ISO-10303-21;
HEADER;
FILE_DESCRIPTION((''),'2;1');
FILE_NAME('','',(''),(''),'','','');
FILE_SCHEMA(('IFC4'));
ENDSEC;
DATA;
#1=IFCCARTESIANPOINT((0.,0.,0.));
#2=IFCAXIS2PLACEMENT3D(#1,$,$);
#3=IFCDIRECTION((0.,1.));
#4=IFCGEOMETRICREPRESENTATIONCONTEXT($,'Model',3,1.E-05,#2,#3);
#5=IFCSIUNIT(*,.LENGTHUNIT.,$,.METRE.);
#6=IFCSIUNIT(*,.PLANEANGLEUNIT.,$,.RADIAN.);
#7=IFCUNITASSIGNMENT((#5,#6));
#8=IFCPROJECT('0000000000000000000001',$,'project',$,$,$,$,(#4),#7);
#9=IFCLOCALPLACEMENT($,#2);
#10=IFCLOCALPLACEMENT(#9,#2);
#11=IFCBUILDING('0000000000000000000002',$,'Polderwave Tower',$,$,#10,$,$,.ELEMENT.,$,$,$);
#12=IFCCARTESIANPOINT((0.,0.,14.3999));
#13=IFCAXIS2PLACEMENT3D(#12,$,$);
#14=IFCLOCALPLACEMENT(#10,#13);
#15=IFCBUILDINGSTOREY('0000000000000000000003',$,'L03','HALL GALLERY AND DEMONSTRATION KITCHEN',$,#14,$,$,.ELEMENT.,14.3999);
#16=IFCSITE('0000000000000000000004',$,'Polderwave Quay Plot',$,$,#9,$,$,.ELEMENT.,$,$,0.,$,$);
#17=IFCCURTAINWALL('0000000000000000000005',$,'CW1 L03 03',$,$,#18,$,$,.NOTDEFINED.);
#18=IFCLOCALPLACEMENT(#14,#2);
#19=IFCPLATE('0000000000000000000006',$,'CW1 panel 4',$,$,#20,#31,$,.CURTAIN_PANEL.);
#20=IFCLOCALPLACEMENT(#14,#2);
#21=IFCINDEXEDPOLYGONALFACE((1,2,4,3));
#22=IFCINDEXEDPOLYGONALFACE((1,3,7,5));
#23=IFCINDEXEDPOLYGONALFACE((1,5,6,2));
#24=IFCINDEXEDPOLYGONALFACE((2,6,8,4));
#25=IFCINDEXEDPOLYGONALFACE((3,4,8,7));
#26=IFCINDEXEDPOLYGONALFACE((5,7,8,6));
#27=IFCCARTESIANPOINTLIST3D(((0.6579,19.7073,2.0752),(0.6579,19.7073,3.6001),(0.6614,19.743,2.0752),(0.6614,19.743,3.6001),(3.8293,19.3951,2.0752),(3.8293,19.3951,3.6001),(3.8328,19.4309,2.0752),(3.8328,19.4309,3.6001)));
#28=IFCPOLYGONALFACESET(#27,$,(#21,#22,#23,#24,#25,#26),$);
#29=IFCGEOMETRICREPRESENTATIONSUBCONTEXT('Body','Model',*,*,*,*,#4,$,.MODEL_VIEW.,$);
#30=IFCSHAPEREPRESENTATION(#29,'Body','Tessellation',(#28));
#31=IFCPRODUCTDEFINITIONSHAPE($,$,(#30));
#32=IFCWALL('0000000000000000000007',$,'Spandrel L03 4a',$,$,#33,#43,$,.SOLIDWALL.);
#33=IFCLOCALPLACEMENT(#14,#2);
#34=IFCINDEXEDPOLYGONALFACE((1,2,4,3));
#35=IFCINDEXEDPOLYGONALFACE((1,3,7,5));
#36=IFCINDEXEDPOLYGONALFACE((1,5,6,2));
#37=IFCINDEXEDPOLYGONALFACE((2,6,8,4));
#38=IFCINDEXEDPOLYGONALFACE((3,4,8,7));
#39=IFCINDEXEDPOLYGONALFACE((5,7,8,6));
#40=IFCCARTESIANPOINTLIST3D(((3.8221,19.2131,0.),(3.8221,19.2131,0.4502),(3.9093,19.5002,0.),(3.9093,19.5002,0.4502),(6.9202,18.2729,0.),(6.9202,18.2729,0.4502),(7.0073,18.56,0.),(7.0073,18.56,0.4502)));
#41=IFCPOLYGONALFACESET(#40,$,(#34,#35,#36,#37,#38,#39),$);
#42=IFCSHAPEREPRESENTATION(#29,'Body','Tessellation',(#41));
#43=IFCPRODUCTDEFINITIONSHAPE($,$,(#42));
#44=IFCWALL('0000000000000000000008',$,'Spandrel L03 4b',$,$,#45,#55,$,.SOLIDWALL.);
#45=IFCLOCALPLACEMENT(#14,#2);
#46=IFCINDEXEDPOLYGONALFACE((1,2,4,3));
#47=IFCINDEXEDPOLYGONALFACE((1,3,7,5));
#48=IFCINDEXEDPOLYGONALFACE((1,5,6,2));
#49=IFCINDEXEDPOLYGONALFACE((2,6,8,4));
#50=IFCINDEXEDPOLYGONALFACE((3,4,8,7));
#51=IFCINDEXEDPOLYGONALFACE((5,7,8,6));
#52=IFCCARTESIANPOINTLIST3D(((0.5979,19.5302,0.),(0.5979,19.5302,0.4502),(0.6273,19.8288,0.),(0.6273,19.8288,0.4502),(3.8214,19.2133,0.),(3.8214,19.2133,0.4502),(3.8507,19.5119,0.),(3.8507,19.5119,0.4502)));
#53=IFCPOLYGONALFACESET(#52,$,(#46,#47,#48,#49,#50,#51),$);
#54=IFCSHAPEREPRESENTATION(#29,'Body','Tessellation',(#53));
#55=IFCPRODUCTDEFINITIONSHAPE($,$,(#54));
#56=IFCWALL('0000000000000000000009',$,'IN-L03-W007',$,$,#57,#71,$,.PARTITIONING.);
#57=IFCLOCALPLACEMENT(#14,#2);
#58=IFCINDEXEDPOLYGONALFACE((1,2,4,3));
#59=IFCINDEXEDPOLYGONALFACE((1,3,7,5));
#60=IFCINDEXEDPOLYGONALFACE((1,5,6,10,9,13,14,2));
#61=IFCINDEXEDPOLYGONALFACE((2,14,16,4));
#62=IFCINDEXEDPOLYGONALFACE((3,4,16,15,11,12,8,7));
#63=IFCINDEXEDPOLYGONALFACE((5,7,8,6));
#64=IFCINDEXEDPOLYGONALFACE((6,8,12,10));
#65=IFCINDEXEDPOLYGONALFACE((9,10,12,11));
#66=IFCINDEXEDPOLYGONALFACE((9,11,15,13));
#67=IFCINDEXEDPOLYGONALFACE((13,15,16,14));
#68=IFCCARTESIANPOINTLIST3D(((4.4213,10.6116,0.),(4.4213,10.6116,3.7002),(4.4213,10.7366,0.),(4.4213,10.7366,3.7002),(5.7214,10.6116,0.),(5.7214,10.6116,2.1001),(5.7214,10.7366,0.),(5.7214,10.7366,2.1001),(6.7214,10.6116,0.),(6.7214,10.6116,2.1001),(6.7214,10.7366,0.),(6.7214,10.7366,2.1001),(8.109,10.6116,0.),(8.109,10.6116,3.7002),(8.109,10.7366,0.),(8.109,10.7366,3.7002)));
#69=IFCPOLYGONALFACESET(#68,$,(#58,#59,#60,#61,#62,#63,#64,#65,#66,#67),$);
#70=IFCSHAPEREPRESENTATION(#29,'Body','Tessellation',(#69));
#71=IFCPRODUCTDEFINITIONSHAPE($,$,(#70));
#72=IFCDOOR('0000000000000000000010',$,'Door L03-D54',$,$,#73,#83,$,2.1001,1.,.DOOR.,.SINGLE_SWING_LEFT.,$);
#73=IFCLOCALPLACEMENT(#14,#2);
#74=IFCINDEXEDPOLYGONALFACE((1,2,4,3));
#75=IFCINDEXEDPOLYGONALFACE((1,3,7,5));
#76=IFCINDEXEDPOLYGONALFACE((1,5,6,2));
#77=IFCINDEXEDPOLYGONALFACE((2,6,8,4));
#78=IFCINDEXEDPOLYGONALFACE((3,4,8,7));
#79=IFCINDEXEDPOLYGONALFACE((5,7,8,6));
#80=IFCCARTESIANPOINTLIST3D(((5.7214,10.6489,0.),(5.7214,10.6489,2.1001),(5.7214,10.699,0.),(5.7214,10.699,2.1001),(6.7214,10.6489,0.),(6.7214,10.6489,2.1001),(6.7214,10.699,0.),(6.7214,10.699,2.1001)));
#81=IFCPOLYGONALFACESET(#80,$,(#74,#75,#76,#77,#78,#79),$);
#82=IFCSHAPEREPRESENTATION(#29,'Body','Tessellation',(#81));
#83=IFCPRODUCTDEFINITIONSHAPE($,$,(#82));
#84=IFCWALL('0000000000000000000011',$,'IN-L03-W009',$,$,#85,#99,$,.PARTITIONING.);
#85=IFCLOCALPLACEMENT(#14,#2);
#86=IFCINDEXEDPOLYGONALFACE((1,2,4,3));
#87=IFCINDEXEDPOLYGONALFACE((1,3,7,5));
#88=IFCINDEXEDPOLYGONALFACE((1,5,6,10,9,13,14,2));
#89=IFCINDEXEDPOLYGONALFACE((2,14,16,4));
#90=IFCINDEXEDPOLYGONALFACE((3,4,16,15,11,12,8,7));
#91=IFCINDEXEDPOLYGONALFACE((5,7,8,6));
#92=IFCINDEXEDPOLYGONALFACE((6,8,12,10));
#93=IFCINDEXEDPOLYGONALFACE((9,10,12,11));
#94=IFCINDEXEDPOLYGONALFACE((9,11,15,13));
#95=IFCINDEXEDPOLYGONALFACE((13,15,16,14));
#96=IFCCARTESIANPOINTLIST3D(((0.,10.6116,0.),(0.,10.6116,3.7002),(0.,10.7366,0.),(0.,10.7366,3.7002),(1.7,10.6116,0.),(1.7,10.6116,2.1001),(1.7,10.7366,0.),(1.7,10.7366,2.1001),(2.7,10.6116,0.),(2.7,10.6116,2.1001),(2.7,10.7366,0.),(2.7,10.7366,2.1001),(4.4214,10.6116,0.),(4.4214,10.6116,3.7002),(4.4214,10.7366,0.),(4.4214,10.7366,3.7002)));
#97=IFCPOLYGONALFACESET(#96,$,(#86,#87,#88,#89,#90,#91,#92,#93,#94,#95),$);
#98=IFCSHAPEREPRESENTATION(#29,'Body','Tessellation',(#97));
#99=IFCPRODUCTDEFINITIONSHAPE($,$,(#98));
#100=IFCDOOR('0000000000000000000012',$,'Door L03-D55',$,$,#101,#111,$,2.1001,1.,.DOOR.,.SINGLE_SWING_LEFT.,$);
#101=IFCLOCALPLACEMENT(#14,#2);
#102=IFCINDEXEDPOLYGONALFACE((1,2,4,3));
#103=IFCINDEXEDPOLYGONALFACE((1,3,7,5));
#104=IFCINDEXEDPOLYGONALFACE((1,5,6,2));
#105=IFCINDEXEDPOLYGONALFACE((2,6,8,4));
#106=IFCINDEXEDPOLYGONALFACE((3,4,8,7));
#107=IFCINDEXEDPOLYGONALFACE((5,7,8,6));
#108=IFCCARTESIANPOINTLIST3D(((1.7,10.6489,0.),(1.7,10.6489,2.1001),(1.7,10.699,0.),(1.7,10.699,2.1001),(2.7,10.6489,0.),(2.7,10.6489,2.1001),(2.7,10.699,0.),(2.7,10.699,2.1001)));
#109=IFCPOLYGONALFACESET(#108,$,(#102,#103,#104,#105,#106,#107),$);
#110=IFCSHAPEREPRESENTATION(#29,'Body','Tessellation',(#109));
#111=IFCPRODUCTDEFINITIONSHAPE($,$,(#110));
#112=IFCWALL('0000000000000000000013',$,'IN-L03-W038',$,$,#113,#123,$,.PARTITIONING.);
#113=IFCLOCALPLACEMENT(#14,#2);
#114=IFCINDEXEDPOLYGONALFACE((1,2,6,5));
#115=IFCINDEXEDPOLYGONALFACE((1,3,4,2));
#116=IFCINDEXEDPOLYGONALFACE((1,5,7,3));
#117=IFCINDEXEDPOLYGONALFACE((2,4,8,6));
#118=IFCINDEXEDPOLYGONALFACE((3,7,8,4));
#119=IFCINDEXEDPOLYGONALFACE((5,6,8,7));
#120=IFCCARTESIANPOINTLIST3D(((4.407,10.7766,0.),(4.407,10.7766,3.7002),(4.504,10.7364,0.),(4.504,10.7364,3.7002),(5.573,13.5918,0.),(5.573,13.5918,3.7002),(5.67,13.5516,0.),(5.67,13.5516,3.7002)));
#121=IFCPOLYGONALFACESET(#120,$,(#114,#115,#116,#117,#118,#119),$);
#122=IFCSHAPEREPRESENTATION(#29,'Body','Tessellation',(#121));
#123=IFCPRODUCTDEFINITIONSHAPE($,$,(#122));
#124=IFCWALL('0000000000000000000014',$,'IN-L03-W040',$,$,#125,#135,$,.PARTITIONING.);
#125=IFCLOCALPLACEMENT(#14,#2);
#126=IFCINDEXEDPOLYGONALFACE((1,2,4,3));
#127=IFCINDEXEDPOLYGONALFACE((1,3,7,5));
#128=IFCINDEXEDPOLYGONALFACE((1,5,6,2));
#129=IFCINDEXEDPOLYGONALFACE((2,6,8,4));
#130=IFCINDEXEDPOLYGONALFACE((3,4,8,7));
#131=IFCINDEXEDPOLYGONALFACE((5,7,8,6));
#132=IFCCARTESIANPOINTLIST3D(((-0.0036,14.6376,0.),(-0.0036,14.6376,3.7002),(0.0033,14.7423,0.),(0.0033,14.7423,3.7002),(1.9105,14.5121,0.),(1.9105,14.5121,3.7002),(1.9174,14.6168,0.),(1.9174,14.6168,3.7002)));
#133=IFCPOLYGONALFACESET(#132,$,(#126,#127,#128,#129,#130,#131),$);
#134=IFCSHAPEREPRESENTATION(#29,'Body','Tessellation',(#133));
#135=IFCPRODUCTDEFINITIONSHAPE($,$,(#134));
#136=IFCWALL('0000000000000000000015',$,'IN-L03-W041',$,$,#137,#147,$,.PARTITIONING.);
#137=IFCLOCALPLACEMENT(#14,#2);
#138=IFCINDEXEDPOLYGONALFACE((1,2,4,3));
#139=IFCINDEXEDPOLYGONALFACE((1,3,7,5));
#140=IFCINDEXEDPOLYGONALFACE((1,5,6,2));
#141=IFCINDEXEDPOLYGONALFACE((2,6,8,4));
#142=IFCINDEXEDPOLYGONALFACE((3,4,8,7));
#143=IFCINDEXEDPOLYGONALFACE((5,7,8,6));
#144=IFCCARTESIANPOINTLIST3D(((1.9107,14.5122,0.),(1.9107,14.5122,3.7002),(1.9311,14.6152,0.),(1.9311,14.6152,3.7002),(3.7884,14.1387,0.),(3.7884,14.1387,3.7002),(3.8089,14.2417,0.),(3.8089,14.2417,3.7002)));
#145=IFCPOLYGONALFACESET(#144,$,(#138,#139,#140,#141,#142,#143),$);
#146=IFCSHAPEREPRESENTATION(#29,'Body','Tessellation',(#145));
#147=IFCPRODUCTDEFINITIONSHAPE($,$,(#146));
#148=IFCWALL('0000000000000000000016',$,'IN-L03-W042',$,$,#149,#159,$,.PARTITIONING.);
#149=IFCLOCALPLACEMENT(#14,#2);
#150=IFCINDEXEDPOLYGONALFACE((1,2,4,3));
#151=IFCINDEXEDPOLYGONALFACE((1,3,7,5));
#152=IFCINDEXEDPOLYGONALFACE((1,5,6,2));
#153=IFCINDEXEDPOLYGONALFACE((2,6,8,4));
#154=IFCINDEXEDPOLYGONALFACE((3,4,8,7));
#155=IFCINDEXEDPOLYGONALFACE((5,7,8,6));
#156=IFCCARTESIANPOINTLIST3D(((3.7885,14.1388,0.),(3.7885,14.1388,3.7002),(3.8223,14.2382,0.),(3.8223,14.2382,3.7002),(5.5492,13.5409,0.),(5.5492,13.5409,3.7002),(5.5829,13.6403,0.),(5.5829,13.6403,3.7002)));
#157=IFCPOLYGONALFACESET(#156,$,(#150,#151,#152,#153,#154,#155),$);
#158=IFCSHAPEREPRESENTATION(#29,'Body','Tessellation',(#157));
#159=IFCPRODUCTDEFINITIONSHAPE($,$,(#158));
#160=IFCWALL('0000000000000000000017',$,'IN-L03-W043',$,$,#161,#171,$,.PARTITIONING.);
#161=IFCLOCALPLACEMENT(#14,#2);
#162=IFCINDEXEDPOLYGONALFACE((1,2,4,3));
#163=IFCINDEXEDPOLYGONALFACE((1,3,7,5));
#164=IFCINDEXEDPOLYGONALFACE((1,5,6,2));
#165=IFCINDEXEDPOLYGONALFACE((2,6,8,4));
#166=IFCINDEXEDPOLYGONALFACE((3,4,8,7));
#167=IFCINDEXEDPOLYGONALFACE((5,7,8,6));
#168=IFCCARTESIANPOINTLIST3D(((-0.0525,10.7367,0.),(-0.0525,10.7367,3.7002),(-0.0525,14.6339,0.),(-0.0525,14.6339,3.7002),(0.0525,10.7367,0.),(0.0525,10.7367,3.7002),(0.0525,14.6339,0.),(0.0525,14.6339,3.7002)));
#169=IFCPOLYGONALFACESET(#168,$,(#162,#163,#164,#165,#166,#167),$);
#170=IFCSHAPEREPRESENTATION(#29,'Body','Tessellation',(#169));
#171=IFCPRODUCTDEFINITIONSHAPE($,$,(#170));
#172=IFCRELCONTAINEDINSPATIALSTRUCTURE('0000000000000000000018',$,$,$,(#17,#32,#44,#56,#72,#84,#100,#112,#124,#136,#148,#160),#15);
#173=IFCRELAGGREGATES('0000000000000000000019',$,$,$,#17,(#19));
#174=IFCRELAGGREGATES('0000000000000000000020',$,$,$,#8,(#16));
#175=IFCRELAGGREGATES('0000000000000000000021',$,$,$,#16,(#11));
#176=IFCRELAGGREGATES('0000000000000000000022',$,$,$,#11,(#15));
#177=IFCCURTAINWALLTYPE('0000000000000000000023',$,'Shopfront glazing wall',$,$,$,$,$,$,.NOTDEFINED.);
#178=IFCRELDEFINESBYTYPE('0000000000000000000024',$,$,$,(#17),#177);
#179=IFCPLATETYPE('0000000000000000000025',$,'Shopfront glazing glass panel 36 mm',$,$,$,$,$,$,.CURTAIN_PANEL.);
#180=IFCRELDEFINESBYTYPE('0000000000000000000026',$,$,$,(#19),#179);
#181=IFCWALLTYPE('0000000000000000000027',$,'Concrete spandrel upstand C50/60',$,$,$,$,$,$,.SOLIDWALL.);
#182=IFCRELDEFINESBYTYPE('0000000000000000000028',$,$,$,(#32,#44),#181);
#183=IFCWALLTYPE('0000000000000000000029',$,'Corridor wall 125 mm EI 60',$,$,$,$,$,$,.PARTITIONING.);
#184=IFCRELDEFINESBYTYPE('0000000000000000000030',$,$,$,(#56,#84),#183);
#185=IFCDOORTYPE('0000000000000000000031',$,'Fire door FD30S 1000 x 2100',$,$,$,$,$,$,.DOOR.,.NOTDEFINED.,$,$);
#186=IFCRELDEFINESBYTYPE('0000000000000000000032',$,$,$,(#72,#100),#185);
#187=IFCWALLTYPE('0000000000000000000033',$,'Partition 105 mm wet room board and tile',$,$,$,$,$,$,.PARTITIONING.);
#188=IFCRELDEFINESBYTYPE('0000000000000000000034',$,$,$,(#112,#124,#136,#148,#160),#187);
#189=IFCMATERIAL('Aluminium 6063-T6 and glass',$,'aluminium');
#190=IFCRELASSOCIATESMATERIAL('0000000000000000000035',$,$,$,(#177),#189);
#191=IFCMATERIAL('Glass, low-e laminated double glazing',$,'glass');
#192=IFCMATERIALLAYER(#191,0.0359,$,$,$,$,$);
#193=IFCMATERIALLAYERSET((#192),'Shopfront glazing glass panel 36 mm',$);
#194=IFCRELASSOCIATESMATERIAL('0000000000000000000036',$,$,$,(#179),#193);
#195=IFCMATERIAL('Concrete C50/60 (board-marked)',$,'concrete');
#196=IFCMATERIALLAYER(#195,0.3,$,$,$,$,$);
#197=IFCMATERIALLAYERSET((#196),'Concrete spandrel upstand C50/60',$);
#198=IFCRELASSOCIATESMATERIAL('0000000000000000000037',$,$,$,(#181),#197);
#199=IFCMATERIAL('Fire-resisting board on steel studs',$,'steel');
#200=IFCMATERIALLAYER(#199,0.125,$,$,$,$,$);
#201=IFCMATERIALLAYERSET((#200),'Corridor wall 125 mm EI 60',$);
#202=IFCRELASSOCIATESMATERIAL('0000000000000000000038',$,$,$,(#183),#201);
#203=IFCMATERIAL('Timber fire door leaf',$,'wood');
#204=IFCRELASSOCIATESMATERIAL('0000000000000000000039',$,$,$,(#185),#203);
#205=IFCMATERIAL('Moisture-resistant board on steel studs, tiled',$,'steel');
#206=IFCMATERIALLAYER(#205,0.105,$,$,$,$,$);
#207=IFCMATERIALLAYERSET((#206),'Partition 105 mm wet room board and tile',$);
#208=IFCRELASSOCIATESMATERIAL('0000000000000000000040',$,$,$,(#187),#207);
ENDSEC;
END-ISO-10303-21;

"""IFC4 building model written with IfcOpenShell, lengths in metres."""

from ifc_helpers import new_model, si_unit, direction, frame, frame_2d, origin, origin_2d, place, context, subcontext, project, spatial, rectangle, extrude, material, layer, layer_set, type_object, element, fill, aggregate, save


model = new_model("IFC4")

# Units and contexts
model_context = context("Model", 3, precision=1e-05, world=origin(), true_north=direction((0.0, 1.0)))
body_context = subcontext(model_context, "Body", "Model", "MODEL_VIEW")
ifc_project = project(units=[si_unit("LENGTHUNIT", "METRE"), si_unit("PLANEANGLEUNIT", "RADIAN")], contexts=[model_context])

# Site, building, storey
site_placement = place(None, origin())
site = spatial("IfcSite", under=ifc_project, at=site_placement, Name="Polderwave Quay Plot", CompositionType="ELEMENT", RefElevation=0.0)
building_placement = place(site_placement, origin())
building = spatial("IfcBuilding", under=site, at=building_placement, Name="Polderwave Tower", CompositionType="ELEMENT")
storey_placement = place(building_placement, frame((0.0, 0.0, 14.3999)))
storey = spatial("IfcBuildingStorey", under=building, at=storey_placement, Name="L03", Description="HALL GALLERY AND DEMONSTRATION KITCHEN", CompositionType="ELEMENT", Elevation=14.3999)

# Shared definitions
ifc_material_1 = material(Name="Aluminium 6063-T6 and glass", Category="aluminium")
curtain_wall_type = type_object("IfcCurtainWallType", Name="Shopfront glazing wall", PredefinedType="NOTDEFINED", material=ifc_material_1)

# Curtain wall, plate
curtain_wall_1_placement = place(storey_placement, origin())
curtain_wall_1 = element("IfcCurtainWall", 1, at=curtain_wall_1_placement, inside=storey, type_object=curtain_wall_type, Name="CW1 L03 03", PredefinedType="NOTDEFINED")
ifc_material_2 = material(Name="Glass, low-e laminated double glazing", Category="glass")
ifc_layer_1 = layer(ifc_material_2, 0.0359)
ifc_layer_set_1 = layer_set([ifc_layer_1], Name="Shopfront glazing glass panel 36 mm")
plate_type = type_object("IfcPlateType", Name="Shopfront glazing glass panel 36 mm", PredefinedType="CURTAIN_PANEL", material=ifc_layer_set_1)
plate_1_placement = place(storey_placement, frame((2.2454, 19.5691, 2.0752), z_axis=(0.0, 0.0, 1.0), x_axis=(-0.99519, 0.097963, 0.0)))
plate_1 = element("IfcPlate", 2, at=plate_1_placement, type_object=plate_type, Name="CW1 panel 4", PredefinedType="CURTAIN_PANEL", context=body_context, shape_type="SweptSolid", body=[
    extrude(rectangle(XDim=3.1868, YDim=0.0359, at=origin_2d()), origin(), (0.0, 0.0, 1.0), 1.5249),
])
aggregate(curtain_wall_1, [plate_1])

# Walls
ifc_material_3 = material(Name="Concrete C50/60 (board-marked)", Category="concrete")
ifc_layer_2 = layer(ifc_material_3, 0.3)
ifc_layer_set_2 = layer_set([ifc_layer_2], Name="Concrete spandrel upstand C50/60")
wall_type_1 = type_object("IfcWallType", Name="Concrete spandrel upstand C50/60", PredefinedType="SOLIDWALL", material=ifc_layer_set_2)
wall_1_placement = place(storey_placement, frame((6.9636, 18.4165, 0.0), z_axis=(0.0, 0.0, 1.0), x_axis=(-0.956908, 0.29039, 0.0)))
element("IfcWall", 3, at=wall_1_placement, inside=storey, type_object=wall_type_1, Name="Spandrel L03 4a", PredefinedType="SOLIDWALL", context=body_context, shape_type="SweptSolid", body=[
    extrude(rectangle(XDim=3.2375, YDim=0.3, at=frame_2d((1.6187, 0.0))), origin(), (0.0, 0.0, 1.0), 0.4502),
])
wall_2_placement = place(storey_placement, frame((3.8362, 19.3625, 0.0), z_axis=(0.0, 0.0, 1.0), x_axis=(-0.995202, 0.097839, 0.0)))
element("IfcWall", 4, at=wall_2_placement, inside=storey, type_object=wall_type_1, Name="Spandrel L03 4b", PredefinedType="SOLIDWALL", context=body_context, shape_type="SweptSolid", body=[
    extrude(rectangle(XDim=3.239, YDim=0.3, at=frame_2d((1.6196, 0.0))), origin(), (0.0, 0.0, 1.0), 0.4502),
])

# Walls, openings, doors
ifc_material_4 = material(Name="Fire-resisting board on steel studs", Category="steel")
ifc_layer_3 = layer(ifc_material_4, 0.125)
ifc_layer_set_3 = layer_set([ifc_layer_3], Name="Corridor wall 125 mm EI 60")
wall_type_2 = type_object("IfcWallType", Name="Corridor wall 125 mm EI 60", PredefinedType="PARTITIONING", material=ifc_layer_set_3)
wall_3_placement = place(storey_placement, frame((4.4214, 10.6741, 0.0), z_axis=(0.0, 0.0, 1.0), x_axis=(1.0, 0.0, 0.0)))
wall_3 = element("IfcWall", 5, at=wall_3_placement, inside=storey, type_object=wall_type_2, Name="IN-L03-W007", PredefinedType="PARTITIONING", context=body_context, shape_type="SweptSolid", body=[
    extrude(rectangle(XDim=3.6877, YDim=0.125, at=frame_2d((1.8438, 0.0))), origin(), (0.0, 0.0, 1.0), 3.7002),
])
opening_1_placement = place(wall_3_placement, frame((1.3, 0.0, 0.0)))
opening_1 = element("IfcOpeningElement", 6, at=opening_1_placement, cuts=wall_3, PredefinedType="OPENING", context=body_context, shape_type="SweptSolid", body=[
    extrude(rectangle(XDim=1.0, YDim=2.1001, at=frame_2d((0.5, 1.05))), frame((0.0, 0.0725, 0.0), z_axis=(0.0, -1.0, 0.0), x_axis=(1.0, 0.0, 0.0)), (0.0, 0.0, 1.0), 0.145),
])
ifc_material_5 = material(Name="Timber fire door leaf", Category="wood")
door_type = type_object("IfcDoorType", Name="Fire door FD30S 1000 x 2100", OperationType="NOTDEFINED", PredefinedType="DOOR", material=ifc_material_5)
door_1_placement = place(opening_1_placement, origin())
door_1 = element("IfcDoor", 7, at=door_1_placement, inside=storey, type_object=door_type, Name="Door L03-D54", OperationType="SINGLE_SWING_LEFT", OverallHeight=2.1001, OverallWidth=1.0, PredefinedType="DOOR", context=body_context, shape_type="SweptSolid", body=[
    extrude(rectangle(XDim=1.0, YDim=2.1001, at=frame_2d((0.5, 1.05))), frame((0.0, 0.0249, 0.0), z_axis=(0.0, -1.0, 0.0), x_axis=(1.0, 0.0, 0.0)), (0.0, 0.0, 1.0), 0.05),
])
fill(opening_1, door_1)
wall_4_placement = place(storey_placement, frame((0.0, 10.6741, 0.0), z_axis=(0.0, 0.0, 1.0), x_axis=(1.0, 0.0, 0.0)))
wall_4 = element("IfcWall", 8, at=wall_4_placement, inside=storey, type_object=wall_type_2, Name="IN-L03-W009", PredefinedType="PARTITIONING", context=body_context, shape_type="SweptSolid", body=[
    extrude(rectangle(XDim=4.4214, YDim=0.125, at=frame_2d((2.2107, 0.0))), origin(), (0.0, 0.0, 1.0), 3.7002),
])
opening_2_placement = place(wall_4_placement, frame((1.7, 0.0, 0.0)))
opening_2 = element("IfcOpeningElement", 9, at=opening_2_placement, cuts=wall_4, PredefinedType="OPENING", context=body_context, shape_type="SweptSolid", body=[
    extrude(rectangle(XDim=1.0, YDim=2.1001, at=frame_2d((0.5, 1.05))), frame((0.0, 0.0725, 0.0), z_axis=(0.0, -1.0, 0.0), x_axis=(1.0, 0.0, 0.0)), (0.0, 0.0, 1.0), 0.145),
])
door_2_placement = place(opening_2_placement, origin())
door_2 = element("IfcDoor", 10, at=door_2_placement, inside=storey, type_object=door_type, Name="Door L03-D55", OperationType="SINGLE_SWING_LEFT", OverallHeight=2.1001, OverallWidth=1.0, PredefinedType="DOOR", context=body_context, shape_type="SweptSolid", body=[
    extrude(rectangle(XDim=1.0, YDim=2.1001, at=frame_2d((0.5, 1.05))), frame((0.0, 0.0249, 0.0), z_axis=(0.0, -1.0, 0.0), x_axis=(1.0, 0.0, 0.0)), (0.0, 0.0, 1.0), 0.05),
])
fill(opening_2, door_2)

# Walls
ifc_material_6 = material(Name="Moisture-resistant board on steel studs, tiled", Category="steel")
ifc_layer_4 = layer(ifc_material_6, 0.105)
ifc_layer_set_4 = layer_set([ifc_layer_4], Name="Partition 105 mm wet room board and tile")
wall_type_3 = type_object("IfcWallType", Name="Partition 105 mm wet room board and tile", PredefinedType="PARTITIONING", material=ifc_layer_set_4)
wall_5_placement = place(storey_placement, frame((4.4556, 10.7566, 0.0), z_axis=(0.0, 0.0, 1.0), x_axis=(0.382663, 0.923888, 0.0)))
element("IfcWall", 11, at=wall_5_placement, inside=storey, type_object=wall_type_3, Name="IN-L03-W038", PredefinedType="PARTITIONING", context=body_context, shape_type="SweptSolid", body=[
    extrude(rectangle(XDim=3.0471, YDim=0.105, at=frame_2d((1.5234, 0.0))), origin(), (0.0, 0.0, 1.0), 3.7002),
])
wall_6_placement = place(storey_placement, frame((0.0, 14.6899, 0.0), z_axis=(0.0, 0.0, 1.0), x_axis=(0.997858, -0.065421, 0.0)))
element("IfcWall", 12, at=wall_6_placement, inside=storey, type_object=wall_type_3, Name="IN-L03-W040", PredefinedType="PARTITIONING", context=body_context, shape_type="SweptSolid", body=[
    extrude(rectangle(XDim=1.9182, YDim=0.105, at=frame_2d((0.959, 0.0))), origin(), (0.0, 0.0, 1.0), 3.7002),
])
wall_7_placement = place(storey_placement, frame((1.9209, 14.5637, 0.0), z_axis=(0.0, 0.0, 1.0), x_axis=(0.980781, -0.195111, 0.0)))
element("IfcWall", 13, at=wall_7_placement, inside=storey, type_object=wall_type_3, Name="IN-L03-W041", PredefinedType="PARTITIONING", context=body_context, shape_type="SweptSolid", body=[
    extrude(rectangle(XDim=1.9146, YDim=0.105, at=frame_2d((0.9573, 0.0))), origin(), (0.0, 0.0, 1.0), 3.7002),
])
wall_8_placement = place(storey_placement, frame((3.8054, 14.1885, 0.0), z_axis=(0.0, 0.0, 1.0), x_axis=(0.946896, -0.32154, 0.0)))
element("IfcWall", 14, at=wall_8_placement, inside=storey, type_object=wall_type_3, Name="IN-L03-W042", PredefinedType="PARTITIONING", context=body_context, shape_type="SweptSolid", body=[
    extrude(rectangle(XDim=1.8594, YDim=0.105, at=frame_2d((0.9297, 0.0))), origin(), (0.0, 0.0, 1.0), 3.7002),
])
wall_9_placement = place(storey_placement, frame((0.0, 10.7366, 0.0), z_axis=(0.0, 0.0, 1.0), x_axis=(0.0, 1.0, 0.0)))
element("IfcWall", 15, at=wall_9_placement, inside=storey, type_object=wall_type_3, Name="IN-L03-W043", PredefinedType="PARTITIONING", context=body_context, shape_type="SweptSolid", body=[
    extrude(rectangle(XDim=3.8972, YDim=0.105, at=frame_2d((1.9487, 0.0))), origin(), (0.0, 0.0, 1.0), 3.7002),
])

save(model, "model.ifc")
